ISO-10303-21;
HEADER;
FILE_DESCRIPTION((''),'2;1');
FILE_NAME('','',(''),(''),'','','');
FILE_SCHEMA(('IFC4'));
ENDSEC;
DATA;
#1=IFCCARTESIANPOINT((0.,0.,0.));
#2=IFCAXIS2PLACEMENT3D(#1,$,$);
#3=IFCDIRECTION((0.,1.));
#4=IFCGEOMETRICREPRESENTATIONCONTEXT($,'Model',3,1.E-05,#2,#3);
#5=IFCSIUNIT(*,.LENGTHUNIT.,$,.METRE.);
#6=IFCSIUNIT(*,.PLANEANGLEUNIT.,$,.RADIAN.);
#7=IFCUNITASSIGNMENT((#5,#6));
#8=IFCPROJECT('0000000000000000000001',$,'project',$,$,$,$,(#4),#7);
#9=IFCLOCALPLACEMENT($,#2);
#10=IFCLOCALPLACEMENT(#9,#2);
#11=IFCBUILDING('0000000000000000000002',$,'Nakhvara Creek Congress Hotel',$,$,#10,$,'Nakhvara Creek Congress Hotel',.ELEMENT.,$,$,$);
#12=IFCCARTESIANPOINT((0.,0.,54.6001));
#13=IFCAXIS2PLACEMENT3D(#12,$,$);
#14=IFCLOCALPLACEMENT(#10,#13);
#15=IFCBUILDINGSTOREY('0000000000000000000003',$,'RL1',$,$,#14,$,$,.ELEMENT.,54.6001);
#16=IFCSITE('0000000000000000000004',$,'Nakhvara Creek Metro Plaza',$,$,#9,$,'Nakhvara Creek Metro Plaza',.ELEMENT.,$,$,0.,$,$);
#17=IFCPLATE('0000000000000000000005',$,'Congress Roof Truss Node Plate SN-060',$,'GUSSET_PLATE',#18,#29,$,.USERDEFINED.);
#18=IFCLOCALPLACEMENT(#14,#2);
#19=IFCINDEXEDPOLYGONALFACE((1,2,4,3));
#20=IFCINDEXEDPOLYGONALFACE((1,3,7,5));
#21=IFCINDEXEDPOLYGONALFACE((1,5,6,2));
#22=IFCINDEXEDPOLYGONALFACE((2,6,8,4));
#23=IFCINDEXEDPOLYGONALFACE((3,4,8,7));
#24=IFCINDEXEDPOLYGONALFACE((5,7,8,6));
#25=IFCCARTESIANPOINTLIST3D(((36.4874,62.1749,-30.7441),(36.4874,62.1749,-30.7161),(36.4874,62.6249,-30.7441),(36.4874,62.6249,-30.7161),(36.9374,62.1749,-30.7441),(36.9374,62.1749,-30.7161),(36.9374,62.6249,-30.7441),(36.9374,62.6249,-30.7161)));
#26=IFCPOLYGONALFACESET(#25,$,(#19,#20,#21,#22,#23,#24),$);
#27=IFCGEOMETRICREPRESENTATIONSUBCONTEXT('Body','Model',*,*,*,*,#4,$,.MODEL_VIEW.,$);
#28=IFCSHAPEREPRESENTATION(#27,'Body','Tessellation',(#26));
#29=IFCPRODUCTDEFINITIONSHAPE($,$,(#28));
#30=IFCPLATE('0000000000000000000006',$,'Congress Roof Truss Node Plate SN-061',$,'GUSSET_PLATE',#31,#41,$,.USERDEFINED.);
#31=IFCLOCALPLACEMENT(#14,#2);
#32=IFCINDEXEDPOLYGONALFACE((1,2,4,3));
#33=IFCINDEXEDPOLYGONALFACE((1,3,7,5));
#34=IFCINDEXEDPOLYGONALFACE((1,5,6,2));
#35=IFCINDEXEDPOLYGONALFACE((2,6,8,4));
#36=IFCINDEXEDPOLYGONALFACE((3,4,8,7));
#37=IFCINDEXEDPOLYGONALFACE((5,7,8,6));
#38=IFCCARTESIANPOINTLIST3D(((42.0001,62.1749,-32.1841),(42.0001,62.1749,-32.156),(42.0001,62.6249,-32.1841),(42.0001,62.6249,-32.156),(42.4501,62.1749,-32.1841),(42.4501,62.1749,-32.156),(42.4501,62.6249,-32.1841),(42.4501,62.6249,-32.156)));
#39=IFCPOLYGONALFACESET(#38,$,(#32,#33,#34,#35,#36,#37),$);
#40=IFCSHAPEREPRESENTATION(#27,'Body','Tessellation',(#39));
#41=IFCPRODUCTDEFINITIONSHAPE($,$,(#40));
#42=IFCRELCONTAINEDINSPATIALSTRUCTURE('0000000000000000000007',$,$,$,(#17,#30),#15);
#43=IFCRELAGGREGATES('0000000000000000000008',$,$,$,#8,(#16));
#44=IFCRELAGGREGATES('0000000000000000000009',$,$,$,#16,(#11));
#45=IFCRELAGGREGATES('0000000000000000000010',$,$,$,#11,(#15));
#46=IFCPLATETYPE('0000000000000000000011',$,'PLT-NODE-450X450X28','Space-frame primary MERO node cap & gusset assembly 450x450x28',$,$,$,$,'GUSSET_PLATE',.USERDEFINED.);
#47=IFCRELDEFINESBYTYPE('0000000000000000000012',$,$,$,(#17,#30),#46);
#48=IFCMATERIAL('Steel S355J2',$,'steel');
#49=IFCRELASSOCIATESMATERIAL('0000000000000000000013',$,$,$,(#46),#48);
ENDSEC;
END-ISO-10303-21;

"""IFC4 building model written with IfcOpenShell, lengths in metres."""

from ifc_helpers import new_model, si_unit, direction, frame, origin, origin_2d, place, context, subcontext, project, spatial, rectangle, extrude, material, type_object, element, save


model = new_model("IFC4")

# Units and contexts
model_context = context("Model", 3, precision=1e-05, world=origin(), true_north=direction((0.0, 1.0)))
body_context = subcontext(model_context, "Body", "Model", "MODEL_VIEW")
ifc_project = project(units=[si_unit("LENGTHUNIT", "METRE"), si_unit("PLANEANGLEUNIT", "RADIAN")], contexts=[model_context])

# Site, building, storey
site_placement = place(None, origin())
site = spatial("IfcSite", under=ifc_project, at=site_placement, Name="Nakhvara Creek Metro Plaza", LongName="Nakhvara Creek Metro Plaza", CompositionType="ELEMENT", RefElevation=0.0)
building_placement = place(site_placement, origin())
building = spatial("IfcBuilding", under=site, at=building_placement, Name="Nakhvara Creek Congress Hotel", LongName="Nakhvara Creek Congress Hotel", CompositionType="ELEMENT")
storey_placement = place(building_placement, frame((0.0, 0.0, 54.6001)))
storey = spatial("IfcBuildingStorey", under=building, at=storey_placement, Name="RL1", CompositionType="ELEMENT", Elevation=54.6001)

# Plates
ifc_material_1 = material(Name="Steel S355J2", Category="steel")
plate_type_1 = type_object("IfcPlateType", Name="PLT-NODE-450X450X28", Description="Space-frame primary MERO node cap & gusset assembly 450x450x28", ElementType="GUSSET_PLATE", PredefinedType="USERDEFINED", material=ifc_material_1)
for number, where, z_axis, x_axis, name in (
    (1, (36.7124, 62.3999, -30.7441), (0.0, 0.0, 1.0), (1.0, 0.0, 0.0), "Congress Roof Truss Node Plate SN-060"),
    (2, (42.2251, 62.3999, -32.1841), (0.0, 0.0, 1.0), (1.0, 0.0, 0.0), "Congress Roof Truss Node Plate SN-061"),
):
    element("IfcPlate", number, at=place(storey_placement, frame(where, z_axis=z_axis, x_axis=x_axis)), inside=storey, type_object=plate_type_1, Name=name, ObjectType="GUSSET_PLATE", PredefinedType="USERDEFINED", context=body_context, shape_type="SweptSolid", body=[
        extrude(rectangle(XDim=0.45, YDim=0.45, at=origin_2d()), origin(), (0.0, 0.0, 1.0), 0.0281),
    ])

save(model, "model.ifc")
